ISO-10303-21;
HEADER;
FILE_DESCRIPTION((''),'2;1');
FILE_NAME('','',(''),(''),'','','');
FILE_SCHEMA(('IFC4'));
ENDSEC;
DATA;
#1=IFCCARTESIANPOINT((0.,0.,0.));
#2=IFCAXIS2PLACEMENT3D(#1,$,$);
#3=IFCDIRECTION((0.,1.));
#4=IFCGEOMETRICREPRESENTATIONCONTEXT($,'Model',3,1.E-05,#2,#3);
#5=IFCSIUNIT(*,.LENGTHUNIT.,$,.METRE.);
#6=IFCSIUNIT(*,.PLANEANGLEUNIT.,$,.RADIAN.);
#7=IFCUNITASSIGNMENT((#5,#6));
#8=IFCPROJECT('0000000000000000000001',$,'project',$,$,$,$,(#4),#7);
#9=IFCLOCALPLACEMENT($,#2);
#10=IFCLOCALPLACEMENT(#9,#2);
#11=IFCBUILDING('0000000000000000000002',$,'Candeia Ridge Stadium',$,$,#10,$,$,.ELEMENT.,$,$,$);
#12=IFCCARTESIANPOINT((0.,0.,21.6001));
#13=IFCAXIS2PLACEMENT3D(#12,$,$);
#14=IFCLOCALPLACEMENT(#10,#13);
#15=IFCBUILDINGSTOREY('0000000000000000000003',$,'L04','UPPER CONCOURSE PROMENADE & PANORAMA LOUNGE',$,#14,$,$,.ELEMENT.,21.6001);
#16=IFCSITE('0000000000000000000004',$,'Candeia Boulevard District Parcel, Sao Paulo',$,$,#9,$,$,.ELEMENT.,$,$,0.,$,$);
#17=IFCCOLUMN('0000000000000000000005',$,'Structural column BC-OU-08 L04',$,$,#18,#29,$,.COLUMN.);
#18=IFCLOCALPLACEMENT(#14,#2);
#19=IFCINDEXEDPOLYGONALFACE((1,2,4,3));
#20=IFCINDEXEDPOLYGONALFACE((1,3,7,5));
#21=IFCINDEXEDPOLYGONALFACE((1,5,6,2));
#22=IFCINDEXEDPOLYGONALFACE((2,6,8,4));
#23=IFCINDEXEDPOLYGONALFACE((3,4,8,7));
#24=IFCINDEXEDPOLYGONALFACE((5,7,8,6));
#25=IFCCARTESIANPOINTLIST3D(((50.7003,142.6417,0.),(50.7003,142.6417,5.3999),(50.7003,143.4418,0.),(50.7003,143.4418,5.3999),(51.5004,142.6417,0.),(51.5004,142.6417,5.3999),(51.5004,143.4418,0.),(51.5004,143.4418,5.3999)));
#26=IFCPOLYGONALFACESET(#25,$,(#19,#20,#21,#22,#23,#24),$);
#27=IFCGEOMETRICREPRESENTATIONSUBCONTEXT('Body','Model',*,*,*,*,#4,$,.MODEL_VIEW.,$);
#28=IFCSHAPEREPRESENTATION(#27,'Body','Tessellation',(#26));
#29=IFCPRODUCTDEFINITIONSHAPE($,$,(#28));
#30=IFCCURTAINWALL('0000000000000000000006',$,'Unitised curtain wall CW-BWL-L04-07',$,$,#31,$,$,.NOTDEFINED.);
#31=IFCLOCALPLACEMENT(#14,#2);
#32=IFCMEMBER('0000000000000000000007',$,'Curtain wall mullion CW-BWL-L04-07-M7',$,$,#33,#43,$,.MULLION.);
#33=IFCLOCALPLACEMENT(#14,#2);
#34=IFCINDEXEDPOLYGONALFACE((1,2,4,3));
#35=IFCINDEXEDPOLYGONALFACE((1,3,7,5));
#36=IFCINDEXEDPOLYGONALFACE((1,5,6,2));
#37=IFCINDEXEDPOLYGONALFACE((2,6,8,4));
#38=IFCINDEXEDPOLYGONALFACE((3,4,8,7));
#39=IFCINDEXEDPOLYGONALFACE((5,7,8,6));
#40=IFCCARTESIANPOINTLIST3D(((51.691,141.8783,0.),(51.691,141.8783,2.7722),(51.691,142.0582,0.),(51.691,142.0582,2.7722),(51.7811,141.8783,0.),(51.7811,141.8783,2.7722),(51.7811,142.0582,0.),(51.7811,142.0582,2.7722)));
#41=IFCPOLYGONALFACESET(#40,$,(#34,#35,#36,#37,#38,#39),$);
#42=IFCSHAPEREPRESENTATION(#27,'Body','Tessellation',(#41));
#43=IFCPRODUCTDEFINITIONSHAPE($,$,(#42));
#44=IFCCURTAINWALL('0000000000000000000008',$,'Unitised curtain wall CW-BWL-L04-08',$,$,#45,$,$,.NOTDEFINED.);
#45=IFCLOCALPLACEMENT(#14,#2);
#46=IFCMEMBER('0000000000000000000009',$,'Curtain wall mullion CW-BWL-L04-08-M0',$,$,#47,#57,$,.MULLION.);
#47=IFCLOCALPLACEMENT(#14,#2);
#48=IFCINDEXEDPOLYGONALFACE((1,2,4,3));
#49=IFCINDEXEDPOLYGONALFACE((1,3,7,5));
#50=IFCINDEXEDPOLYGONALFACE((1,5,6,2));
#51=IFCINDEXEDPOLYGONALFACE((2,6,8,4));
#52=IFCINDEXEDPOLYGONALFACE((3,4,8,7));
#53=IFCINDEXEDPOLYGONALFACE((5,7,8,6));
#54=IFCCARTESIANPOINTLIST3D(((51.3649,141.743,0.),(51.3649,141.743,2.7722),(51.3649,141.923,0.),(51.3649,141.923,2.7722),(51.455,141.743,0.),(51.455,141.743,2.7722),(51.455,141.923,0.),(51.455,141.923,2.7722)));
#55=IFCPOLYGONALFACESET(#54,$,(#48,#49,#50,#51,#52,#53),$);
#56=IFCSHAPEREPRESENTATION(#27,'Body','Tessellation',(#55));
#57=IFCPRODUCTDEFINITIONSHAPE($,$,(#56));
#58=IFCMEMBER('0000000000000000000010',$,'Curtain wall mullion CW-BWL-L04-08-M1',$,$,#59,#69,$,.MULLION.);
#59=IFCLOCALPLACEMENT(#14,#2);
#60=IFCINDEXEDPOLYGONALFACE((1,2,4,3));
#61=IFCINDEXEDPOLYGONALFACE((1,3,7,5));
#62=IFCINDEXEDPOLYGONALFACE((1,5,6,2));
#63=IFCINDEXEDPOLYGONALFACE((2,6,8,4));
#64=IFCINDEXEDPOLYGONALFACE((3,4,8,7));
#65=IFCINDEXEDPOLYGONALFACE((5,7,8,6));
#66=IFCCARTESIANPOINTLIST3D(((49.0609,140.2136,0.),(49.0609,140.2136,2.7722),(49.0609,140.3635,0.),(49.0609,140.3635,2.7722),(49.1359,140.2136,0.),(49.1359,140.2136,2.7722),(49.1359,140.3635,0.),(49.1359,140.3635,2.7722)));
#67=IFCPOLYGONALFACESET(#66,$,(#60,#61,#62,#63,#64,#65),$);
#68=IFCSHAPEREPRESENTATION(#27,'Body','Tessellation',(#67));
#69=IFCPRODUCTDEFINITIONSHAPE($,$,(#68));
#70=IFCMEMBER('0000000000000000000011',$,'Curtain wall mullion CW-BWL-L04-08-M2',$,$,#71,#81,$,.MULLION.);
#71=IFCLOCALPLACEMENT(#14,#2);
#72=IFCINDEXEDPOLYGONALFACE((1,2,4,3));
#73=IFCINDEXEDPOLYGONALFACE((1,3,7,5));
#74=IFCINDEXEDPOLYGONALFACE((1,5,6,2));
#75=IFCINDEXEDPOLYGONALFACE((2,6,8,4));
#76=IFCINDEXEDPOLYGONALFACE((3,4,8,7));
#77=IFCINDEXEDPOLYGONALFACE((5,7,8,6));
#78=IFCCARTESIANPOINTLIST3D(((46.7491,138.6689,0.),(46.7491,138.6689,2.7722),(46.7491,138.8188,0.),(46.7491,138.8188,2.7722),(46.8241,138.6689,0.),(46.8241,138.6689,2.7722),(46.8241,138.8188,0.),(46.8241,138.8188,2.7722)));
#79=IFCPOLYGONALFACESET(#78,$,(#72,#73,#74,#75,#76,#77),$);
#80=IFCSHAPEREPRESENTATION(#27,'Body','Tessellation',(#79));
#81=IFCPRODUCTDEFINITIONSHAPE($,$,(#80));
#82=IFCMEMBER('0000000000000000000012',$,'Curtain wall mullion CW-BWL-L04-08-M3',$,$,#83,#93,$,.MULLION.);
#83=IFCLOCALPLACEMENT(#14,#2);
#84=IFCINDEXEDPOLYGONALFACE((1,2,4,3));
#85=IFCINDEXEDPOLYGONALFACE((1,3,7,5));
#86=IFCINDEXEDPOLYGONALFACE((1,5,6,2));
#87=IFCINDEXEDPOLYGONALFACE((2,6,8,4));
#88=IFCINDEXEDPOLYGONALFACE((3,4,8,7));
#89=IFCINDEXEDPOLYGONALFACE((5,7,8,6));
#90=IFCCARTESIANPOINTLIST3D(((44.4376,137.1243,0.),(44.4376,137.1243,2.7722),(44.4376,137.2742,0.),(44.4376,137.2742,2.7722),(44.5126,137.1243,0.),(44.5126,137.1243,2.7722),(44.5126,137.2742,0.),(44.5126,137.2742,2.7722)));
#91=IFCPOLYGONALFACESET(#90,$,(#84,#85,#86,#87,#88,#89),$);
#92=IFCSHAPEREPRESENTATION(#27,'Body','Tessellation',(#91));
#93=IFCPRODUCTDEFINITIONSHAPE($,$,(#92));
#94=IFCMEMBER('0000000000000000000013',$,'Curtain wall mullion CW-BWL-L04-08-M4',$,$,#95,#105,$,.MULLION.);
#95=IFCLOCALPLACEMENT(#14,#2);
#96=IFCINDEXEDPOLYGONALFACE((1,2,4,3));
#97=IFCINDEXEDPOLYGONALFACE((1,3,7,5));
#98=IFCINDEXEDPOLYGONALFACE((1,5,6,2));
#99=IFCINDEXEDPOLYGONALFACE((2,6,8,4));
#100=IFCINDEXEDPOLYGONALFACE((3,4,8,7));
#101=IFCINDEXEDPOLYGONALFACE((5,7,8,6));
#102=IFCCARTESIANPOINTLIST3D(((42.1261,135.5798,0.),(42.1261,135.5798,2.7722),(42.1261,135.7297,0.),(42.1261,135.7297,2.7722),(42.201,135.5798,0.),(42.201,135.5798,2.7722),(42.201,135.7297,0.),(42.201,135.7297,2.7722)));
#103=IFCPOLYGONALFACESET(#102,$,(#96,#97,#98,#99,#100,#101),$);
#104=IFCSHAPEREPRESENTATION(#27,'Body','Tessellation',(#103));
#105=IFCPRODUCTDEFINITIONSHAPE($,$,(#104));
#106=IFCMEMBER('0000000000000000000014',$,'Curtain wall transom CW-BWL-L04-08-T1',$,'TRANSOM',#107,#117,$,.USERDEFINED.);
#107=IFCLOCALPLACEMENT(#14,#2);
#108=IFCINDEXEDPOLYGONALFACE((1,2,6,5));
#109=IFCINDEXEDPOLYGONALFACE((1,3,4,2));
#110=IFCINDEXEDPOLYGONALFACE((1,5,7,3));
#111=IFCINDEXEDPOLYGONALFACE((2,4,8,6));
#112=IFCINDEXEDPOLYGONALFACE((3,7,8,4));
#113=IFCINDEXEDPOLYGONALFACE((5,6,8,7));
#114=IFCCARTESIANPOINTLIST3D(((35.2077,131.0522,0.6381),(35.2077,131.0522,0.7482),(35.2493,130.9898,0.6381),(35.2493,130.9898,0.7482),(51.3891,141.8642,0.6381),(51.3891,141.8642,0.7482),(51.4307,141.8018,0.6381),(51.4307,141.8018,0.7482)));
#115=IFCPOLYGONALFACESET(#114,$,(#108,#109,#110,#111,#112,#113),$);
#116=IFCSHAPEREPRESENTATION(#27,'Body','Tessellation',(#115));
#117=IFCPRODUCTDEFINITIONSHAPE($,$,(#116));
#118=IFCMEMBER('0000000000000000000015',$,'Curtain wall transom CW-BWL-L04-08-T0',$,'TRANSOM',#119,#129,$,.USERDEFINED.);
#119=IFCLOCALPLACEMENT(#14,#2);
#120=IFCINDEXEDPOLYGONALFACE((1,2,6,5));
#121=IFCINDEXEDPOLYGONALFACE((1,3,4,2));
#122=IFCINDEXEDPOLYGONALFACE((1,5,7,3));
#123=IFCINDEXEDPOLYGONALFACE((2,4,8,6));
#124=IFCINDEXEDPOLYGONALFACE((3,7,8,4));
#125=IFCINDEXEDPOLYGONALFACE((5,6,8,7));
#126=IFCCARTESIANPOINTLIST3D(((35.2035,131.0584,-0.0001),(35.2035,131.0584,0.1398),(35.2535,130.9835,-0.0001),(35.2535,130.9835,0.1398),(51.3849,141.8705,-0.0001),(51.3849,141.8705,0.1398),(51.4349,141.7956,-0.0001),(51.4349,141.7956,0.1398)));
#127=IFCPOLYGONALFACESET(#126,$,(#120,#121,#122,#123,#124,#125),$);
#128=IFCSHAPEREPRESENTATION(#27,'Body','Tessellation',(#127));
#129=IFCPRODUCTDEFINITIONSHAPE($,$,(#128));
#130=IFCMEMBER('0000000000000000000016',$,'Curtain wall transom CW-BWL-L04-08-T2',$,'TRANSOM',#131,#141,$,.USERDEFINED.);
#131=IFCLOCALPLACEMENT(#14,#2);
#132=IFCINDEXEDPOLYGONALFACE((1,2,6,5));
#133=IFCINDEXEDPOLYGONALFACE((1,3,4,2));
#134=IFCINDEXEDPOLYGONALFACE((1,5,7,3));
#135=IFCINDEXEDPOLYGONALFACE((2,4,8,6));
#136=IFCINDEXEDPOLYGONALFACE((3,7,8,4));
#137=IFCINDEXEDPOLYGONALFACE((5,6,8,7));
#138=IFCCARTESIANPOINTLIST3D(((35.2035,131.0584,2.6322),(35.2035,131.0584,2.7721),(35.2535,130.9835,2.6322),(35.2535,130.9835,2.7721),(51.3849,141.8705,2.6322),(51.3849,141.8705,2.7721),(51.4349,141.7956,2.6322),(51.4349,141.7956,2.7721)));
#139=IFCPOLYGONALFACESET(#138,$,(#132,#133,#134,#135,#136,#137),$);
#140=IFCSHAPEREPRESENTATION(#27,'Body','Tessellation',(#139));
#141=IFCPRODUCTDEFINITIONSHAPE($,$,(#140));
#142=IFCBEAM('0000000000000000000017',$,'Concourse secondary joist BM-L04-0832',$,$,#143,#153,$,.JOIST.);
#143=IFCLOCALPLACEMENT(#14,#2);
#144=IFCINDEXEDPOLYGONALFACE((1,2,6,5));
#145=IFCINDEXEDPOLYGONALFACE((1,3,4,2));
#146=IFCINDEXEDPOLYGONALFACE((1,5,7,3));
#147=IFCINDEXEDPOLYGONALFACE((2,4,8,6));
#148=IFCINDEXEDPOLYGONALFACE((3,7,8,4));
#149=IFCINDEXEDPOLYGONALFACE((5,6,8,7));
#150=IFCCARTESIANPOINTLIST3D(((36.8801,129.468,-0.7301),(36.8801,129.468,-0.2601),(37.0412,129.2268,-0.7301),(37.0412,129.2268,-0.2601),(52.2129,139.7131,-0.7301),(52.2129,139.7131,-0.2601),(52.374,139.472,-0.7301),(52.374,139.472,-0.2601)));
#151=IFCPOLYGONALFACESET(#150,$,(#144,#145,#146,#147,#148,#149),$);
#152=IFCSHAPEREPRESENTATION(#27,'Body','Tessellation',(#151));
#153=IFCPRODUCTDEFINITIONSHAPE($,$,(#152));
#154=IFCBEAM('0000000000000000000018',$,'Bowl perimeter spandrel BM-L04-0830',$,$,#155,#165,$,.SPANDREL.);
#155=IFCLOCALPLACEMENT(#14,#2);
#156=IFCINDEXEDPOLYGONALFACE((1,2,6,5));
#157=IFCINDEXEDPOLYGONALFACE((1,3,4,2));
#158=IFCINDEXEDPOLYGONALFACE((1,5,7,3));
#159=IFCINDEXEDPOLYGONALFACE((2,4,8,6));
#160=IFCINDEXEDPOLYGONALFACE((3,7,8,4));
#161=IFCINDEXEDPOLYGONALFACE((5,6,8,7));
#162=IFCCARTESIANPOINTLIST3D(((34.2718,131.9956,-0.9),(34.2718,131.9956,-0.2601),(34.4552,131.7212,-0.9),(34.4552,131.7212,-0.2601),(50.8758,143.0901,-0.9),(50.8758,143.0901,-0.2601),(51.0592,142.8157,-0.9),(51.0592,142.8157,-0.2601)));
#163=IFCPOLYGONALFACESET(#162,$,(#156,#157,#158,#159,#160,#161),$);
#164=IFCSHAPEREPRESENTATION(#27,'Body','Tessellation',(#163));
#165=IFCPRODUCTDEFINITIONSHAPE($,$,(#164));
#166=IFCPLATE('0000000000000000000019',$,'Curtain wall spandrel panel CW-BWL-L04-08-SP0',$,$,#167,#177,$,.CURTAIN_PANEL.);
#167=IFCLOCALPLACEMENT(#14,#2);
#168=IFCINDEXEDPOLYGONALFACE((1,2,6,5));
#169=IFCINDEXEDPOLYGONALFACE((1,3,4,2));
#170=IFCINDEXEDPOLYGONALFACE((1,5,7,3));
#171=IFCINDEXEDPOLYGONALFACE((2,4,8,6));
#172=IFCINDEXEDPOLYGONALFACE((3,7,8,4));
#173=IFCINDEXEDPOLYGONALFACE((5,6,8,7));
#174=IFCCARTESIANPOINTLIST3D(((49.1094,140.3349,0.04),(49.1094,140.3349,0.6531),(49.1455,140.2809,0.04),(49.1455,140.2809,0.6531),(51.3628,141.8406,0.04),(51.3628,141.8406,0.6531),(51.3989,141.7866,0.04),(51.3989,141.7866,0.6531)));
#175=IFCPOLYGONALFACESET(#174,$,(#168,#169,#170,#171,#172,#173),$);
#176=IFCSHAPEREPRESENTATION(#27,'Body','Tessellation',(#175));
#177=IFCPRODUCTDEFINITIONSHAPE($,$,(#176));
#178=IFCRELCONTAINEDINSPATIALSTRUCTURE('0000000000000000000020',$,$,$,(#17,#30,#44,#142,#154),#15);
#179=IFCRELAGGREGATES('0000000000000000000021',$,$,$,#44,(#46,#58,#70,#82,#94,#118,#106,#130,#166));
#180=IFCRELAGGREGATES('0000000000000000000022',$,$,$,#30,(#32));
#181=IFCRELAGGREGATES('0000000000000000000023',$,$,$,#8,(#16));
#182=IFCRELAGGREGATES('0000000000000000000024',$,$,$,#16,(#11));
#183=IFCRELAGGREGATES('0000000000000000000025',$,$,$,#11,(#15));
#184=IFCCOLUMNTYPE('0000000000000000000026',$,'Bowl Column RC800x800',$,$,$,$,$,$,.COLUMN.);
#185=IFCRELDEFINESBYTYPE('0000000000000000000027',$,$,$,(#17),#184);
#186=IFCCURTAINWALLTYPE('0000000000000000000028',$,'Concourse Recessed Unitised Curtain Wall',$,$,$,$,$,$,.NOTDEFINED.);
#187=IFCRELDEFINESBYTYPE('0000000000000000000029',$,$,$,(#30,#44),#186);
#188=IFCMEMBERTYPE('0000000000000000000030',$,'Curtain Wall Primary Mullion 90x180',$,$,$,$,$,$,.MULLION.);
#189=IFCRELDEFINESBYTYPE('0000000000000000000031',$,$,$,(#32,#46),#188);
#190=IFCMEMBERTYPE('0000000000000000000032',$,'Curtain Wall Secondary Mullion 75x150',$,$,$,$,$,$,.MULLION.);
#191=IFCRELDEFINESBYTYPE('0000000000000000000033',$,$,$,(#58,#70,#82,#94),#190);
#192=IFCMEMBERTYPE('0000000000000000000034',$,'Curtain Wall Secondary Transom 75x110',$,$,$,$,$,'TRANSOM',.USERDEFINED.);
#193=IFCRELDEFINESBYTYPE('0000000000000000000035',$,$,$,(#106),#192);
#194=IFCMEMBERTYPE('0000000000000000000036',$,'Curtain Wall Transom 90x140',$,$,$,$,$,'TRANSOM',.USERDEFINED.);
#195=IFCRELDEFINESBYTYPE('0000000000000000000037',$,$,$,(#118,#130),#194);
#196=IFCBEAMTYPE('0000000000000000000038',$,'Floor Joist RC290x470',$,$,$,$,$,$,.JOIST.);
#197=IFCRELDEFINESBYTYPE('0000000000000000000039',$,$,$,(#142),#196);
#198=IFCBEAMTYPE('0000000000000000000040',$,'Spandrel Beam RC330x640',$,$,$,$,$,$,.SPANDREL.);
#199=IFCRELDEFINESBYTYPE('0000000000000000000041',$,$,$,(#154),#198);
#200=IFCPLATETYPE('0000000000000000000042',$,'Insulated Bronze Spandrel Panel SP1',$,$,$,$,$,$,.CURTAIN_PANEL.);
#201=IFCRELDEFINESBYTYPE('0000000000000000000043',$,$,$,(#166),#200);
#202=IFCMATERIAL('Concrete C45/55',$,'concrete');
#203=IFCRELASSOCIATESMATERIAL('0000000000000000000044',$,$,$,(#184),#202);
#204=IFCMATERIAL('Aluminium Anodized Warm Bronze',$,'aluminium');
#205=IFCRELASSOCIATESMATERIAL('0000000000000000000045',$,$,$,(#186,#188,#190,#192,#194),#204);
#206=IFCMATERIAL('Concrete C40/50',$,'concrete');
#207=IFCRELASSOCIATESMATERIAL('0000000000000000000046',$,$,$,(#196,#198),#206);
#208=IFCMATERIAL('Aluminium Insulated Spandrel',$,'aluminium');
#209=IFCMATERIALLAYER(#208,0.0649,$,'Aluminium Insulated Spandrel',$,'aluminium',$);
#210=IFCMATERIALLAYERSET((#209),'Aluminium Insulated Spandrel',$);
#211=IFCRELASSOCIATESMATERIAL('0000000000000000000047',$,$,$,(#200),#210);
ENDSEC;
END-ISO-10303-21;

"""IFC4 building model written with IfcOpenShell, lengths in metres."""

from ifc_helpers import new_model, si_unit, direction, frame, origin, origin_2d, place, context, subcontext, project, spatial, rectangle, extrude, material, layer, layer_set, material_profile, profile_set, type_object, element, aggregate, save


model = new_model("IFC4")

# Units and contexts
model_context = context("Model", 3, precision=1e-05, world=origin(), true_north=direction((0.0, 1.0)))
body_context = subcontext(model_context, "Body", "Model", "MODEL_VIEW")
ifc_project = project(units=[si_unit("LENGTHUNIT", "METRE"), si_unit("PLANEANGLEUNIT", "RADIAN")], contexts=[model_context])

# Site, building, storey
site_placement = place(None, origin())
site = spatial("IfcSite", under=ifc_project, at=site_placement, Name="Candeia Boulevard District Parcel, Sao Paulo", CompositionType="ELEMENT", RefElevation=0.0)
building_placement = place(site_placement, origin())
building = spatial("IfcBuilding", under=site, at=building_placement, Name="Candeia Ridge Stadium", CompositionType="ELEMENT")
storey_placement = place(building_placement, frame((0.0, 0.0, 21.6001)))
storey = spatial("IfcBuildingStorey", under=building, at=storey_placement, Name="L04", Description="UPPER CONCOURSE PROMENADE & PANORAMA LOUNGE", CompositionType="ELEMENT", Elevation=21.6001)

# Column
ifc_material_1 = material(Name="Concrete C45/55", Category="concrete")
ifc_material_profile_1 = material_profile(ifc_material_1, rectangle(XDim=0.8, YDim=0.8, at=origin_2d()), Name="RC800x800", Category="concrete")
ifc_profile_set_1 = profile_set([ifc_material_profile_1], Name="Concrete C45/55")
column_type = type_object("IfcColumnType", Name="Bowl Column RC800x800", PredefinedType="COLUMN", material=ifc_profile_set_1)
column_placement = place(storey_placement, frame((51.1003, 143.0417, 0.0), z_axis=(0.0, 0.0, 1.0), x_axis=(1.0, 0.0, 0.0)))
element("IfcColumn", 1, at=column_placement, inside=storey, type_object=column_type, Name="Structural column BC-OU-08 L04", PredefinedType="COLUMN", context=body_context, shape_type="SweptSolid", body=[
    extrude(rectangle(XDim=0.8, YDim=0.8, at=origin_2d()), origin(), (0.0, 0.0, 1.0), 5.3999),
])

# Curtain wall, member
ifc_material_2 = material(Name="Aluminium Anodized Warm Bronze", Category="aluminium")
curtain_wall_type = type_object("IfcCurtainWallType", Name="Concourse Recessed Unitised Curtain Wall", PredefinedType="NOTDEFINED", material=ifc_material_2)
curtain_wall_1_placement = place(storey_placement, origin())
curtain_wall_1 = element("IfcCurtainWall", 2, at=curtain_wall_1_placement, inside=storey, type_object=curtain_wall_type, Name="Unitised curtain wall CW-BWL-L04-07", PredefinedType="NOTDEFINED")
ifc_material_profile_2 = material_profile(ifc_material_2, rectangle(XDim=0.0901, YDim=0.1799, at=origin_2d()), Name="CWM-90x180", Category="aluminium")
ifc_profile_set_2 = profile_set([ifc_material_profile_2], Name="Aluminium Anodized Warm Bronze")
member_type_1 = type_object("IfcMemberType", Name="Curtain Wall Primary Mullion 90x180", PredefinedType="MULLION", material=ifc_profile_set_2)
member_1_placement = place(storey_placement, frame((51.7361, 141.9683, 0.0), z_axis=(0.0, 0.0, 1.0), x_axis=(1.0, 0.0, 0.0)))
member_1 = element("IfcMember", 3, at=member_1_placement, type_object=member_type_1, Name="Curtain wall mullion CW-BWL-L04-07-M7", PredefinedType="MULLION", context=body_context, shape_type="SweptSolid", body=[
    extrude(rectangle(XDim=0.0901, YDim=0.1799, at=origin_2d()), origin(), (0.0, 0.0, 1.0), 2.7722),
])

# Curtain wall, members
curtain_wall_2_placement = place(storey_placement, origin())
curtain_wall_2 = element("IfcCurtainWall", 4, at=curtain_wall_2_placement, inside=storey, type_object=curtain_wall_type, Name="Unitised curtain wall CW-BWL-L04-08", PredefinedType="NOTDEFINED")
member_2_placement = place(storey_placement, frame((51.4099, 141.833, 0.0), z_axis=(0.0, 0.0, 1.0), x_axis=(1.0, 0.0, 0.0)))
member_2 = element("IfcMember", 5, at=member_2_placement, type_object=member_type_1, Name="Curtain wall mullion CW-BWL-L04-08-M0", PredefinedType="MULLION", context=body_context, shape_type="SweptSolid", body=[
    extrude(rectangle(XDim=0.0901, YDim=0.1799, at=origin_2d()), origin(), (0.0, 0.0, 1.0), 2.7722),
])
ifc_material_profile_3 = material_profile(ifc_material_2, rectangle(XDim=0.075, YDim=0.1499, at=origin_2d()), Name="CWM-75x150", Category="aluminium")
ifc_profile_set_3 = profile_set([ifc_material_profile_3], Name="Aluminium Anodized Warm Bronze")
member_type_2 = type_object("IfcMemberType", Name="Curtain Wall Secondary Mullion 75x150", PredefinedType="MULLION", material=ifc_profile_set_3)
member_3_placement = place(storey_placement, frame((49.0984, 140.2886, 0.0), z_axis=(0.0, 0.0, 1.0), x_axis=(1.0, 0.0, 0.0)))
member_3 = element("IfcMember", 6, at=member_3_placement, type_object=member_type_2, Name="Curtain wall mullion CW-BWL-L04-08-M1", PredefinedType="MULLION", context=body_context, shape_type="SweptSolid", body=[
    extrude(rectangle(XDim=0.075, YDim=0.1499, at=origin_2d()), origin(), (0.0, 0.0, 1.0), 2.7722),
])
member_4_placement = place(storey_placement, frame((46.7866, 138.7439, 0.0), z_axis=(0.0, 0.0, 1.0), x_axis=(1.0, 0.0, 0.0)))
member_4 = element("IfcMember", 7, at=member_4_placement, type_object=member_type_2, Name="Curtain wall mullion CW-BWL-L04-08-M2", PredefinedType="MULLION", context=body_context, shape_type="SweptSolid", body=[
    extrude(rectangle(XDim=0.075, YDim=0.1499, at=origin_2d()), origin(), (0.0, 0.0, 1.0), 2.7722),
])
member_5_placement = place(storey_placement, frame((44.4751, 137.1992, 0.0), z_axis=(0.0, 0.0, 1.0), x_axis=(1.0, 0.0, 0.0)))
member_5 = element("IfcMember", 8, at=member_5_placement, type_object=member_type_2, Name="Curtain wall mullion CW-BWL-L04-08-M3", PredefinedType="MULLION", context=body_context, shape_type="SweptSolid", body=[
    extrude(rectangle(XDim=0.075, YDim=0.1499, at=origin_2d()), origin(), (0.0, 0.0, 1.0), 2.7722),
])
member_6_placement = place(storey_placement, frame((42.1636, 135.6548, 0.0), z_axis=(0.0, 0.0, 1.0), x_axis=(1.0, 0.0, 0.0)))
member_6 = element("IfcMember", 9, at=member_6_placement, type_object=member_type_2, Name="Curtain wall mullion CW-BWL-L04-08-M4", PredefinedType="MULLION", context=body_context, shape_type="SweptSolid", body=[
    extrude(rectangle(XDim=0.075, YDim=0.1499, at=origin_2d()), origin(), (0.0, 0.0, 1.0), 2.7722),
])
ifc_material_profile_4 = material_profile(ifc_material_2, rectangle(XDim=0.075, YDim=0.1101, at=origin_2d()), Name="CWT-75x110", Category="aluminium")
ifc_profile_set_4 = profile_set([ifc_material_profile_4], Name="Aluminium Anodized Warm Bronze")
member_type_3 = type_object("IfcMemberType", Name="Curtain Wall Secondary Transom 75x110", ElementType="TRANSOM", PredefinedType="USERDEFINED", material=ifc_profile_set_4)
member_7_placement = place(storey_placement, frame((51.4099, 141.833, 0.6931), z_axis=(-0.831471, -0.555568, 0.0), x_axis=(0.555568, -0.831471, 0.0)))
member_7 = element("IfcMember", 10, at=member_7_placement, type_object=member_type_3, Name="Curtain wall transom CW-BWL-L04-08-T1", ObjectType="TRANSOM", PredefinedType="USERDEFINED", context=body_context, shape_type="SweptSolid", body=[
    extrude(rectangle(XDim=0.075, YDim=0.1101, at=origin_2d()), origin(), (0.0, 0.0, 1.0), 19.4612),
])
ifc_material_profile_5 = material_profile(ifc_material_2, rectangle(XDim=0.0901, YDim=0.1399, at=origin_2d()), Name="CWT-90x140", Category="aluminium")
ifc_profile_set_5 = profile_set([ifc_material_profile_5], Name="Aluminium Anodized Warm Bronze")
member_type_4 = type_object("IfcMemberType", Name="Curtain Wall Transom 90x140", ElementType="TRANSOM", PredefinedType="USERDEFINED", material=ifc_profile_set_5)
member_8_placement = place(storey_placement, frame((51.4099, 141.833, 0.0698), z_axis=(-0.831471, -0.555568, 0.0), x_axis=(0.555568, -0.831471, 0.0)))
member_8 = element("IfcMember", 11, at=member_8_placement, type_object=member_type_4, Name="Curtain wall transom CW-BWL-L04-08-T0", ObjectType="TRANSOM", PredefinedType="USERDEFINED", context=body_context, shape_type="SweptSolid", body=[
    extrude(rectangle(XDim=0.0901, YDim=0.1399, at=origin_2d()), origin(), (0.0, 0.0, 1.0), 19.4612),
])
member_9_placement = place(storey_placement, frame((51.4099, 141.833, 2.7021), z_axis=(-0.831471, -0.555568, 0.0), x_axis=(0.555568, -0.831471, 0.0)))
member_9 = element("IfcMember", 12, at=member_9_placement, type_object=member_type_4, Name="Curtain wall transom CW-BWL-L04-08-T2", ObjectType="TRANSOM", PredefinedType="USERDEFINED", context=body_context, shape_type="SweptSolid", body=[
    extrude(rectangle(XDim=0.0901, YDim=0.1399, at=origin_2d()), origin(), (0.0, 0.0, 1.0), 19.4612),
])

# Beams
ifc_material_3 = material(Name="Concrete C40/50", Category="concrete")
ifc_material_profile_6 = material_profile(ifc_material_3, rectangle(XDim=0.29, YDim=0.47, at=origin_2d()), Name="RC290x470", Category="concrete")
ifc_profile_set_6 = profile_set([ifc_material_profile_6], Name="Concrete C40/50")
beam_type_1 = type_object("IfcBeamType", Name="Floor Joist RC290x470", PredefinedType="JOIST", material=ifc_profile_set_6)
beam_1_placement = place(storey_placement, frame((52.2935, 139.5925, -0.4951), z_axis=(-0.831467, -0.555574, 0.0), x_axis=(0.555574, -0.831467, 0.0)))
element("IfcBeam", 13, at=beam_1_placement, inside=storey, type_object=beam_type_1, Name="Concourse secondary joist BM-L04-0832", PredefinedType="JOIST", context=body_context, shape_type="SweptSolid", body=[
    extrude(rectangle(XDim=0.29, YDim=0.47, at=origin_2d()), origin(), (0.0, 0.0, 1.0), 18.4407),
])
ifc_material_profile_7 = material_profile(ifc_material_3, rectangle(XDim=0.3301, YDim=0.6399, at=origin_2d()), Name="RC330x640", Category="concrete")
ifc_profile_set_7 = profile_set([ifc_material_profile_7], Name="Concrete C40/50")
beam_type_2 = type_object("IfcBeamType", Name="Spandrel Beam RC330x640", PredefinedType="SPANDREL", material=ifc_profile_set_7)
beam_2_placement = place(storey_placement, frame((50.9675, 142.9529, -0.5801), z_axis=(-0.831469, -0.555572, 0.0), x_axis=(0.555572, -0.831469, 0.0)))
element("IfcBeam", 14, at=beam_2_placement, inside=storey, type_object=beam_type_2, Name="Bowl perimeter spandrel BM-L04-0830", PredefinedType="SPANDREL", context=body_context, shape_type="SweptSolid", body=[
    extrude(rectangle(XDim=0.3301, YDim=0.6399, at=origin_2d()), origin(), (0.0, 0.0, 1.0), 19.9695),
])

# Plate
ifc_material_4 = material(Name="Aluminium Insulated Spandrel", Category="aluminium")
ifc_layer_1 = layer(ifc_material_4, 0.0649, Name="Aluminium Insulated Spandrel", Category="aluminium")
ifc_layer_set_1 = layer_set([ifc_layer_1], Name="Aluminium Insulated Spandrel")
plate_type_1 = type_object("IfcPlateType", Name="Insulated Bronze Spandrel Panel SP1", PredefinedType="CURTAIN_PANEL", material=ifc_layer_set_1)
plate_1_placement = place(storey_placement, frame((50.2542, 141.0608, 0.04), z_axis=(0.0, 0.0, 1.0), x_axis=(-0.831469, -0.555571, 0.0)))
plate_1 = element("IfcPlate", 15, at=plate_1_placement, type_object=plate_type_1, Name="Curtain wall spandrel panel CW-BWL-L04-08-SP0", PredefinedType="CURTAIN_PANEL", context=body_context, shape_type="SweptSolid", body=[
    extrude(rectangle(XDim=2.7102, YDim=0.0649, at=origin_2d()), origin(), (0.0, 0.0, 1.0), 0.613),
])
aggregate(curtain_wall_2, [member_2, member_3, member_4, member_5, member_6, member_8, member_7, member_9, plate_1])
aggregate(curtain_wall_1, [member_1])

save(model, "model.ifc")
